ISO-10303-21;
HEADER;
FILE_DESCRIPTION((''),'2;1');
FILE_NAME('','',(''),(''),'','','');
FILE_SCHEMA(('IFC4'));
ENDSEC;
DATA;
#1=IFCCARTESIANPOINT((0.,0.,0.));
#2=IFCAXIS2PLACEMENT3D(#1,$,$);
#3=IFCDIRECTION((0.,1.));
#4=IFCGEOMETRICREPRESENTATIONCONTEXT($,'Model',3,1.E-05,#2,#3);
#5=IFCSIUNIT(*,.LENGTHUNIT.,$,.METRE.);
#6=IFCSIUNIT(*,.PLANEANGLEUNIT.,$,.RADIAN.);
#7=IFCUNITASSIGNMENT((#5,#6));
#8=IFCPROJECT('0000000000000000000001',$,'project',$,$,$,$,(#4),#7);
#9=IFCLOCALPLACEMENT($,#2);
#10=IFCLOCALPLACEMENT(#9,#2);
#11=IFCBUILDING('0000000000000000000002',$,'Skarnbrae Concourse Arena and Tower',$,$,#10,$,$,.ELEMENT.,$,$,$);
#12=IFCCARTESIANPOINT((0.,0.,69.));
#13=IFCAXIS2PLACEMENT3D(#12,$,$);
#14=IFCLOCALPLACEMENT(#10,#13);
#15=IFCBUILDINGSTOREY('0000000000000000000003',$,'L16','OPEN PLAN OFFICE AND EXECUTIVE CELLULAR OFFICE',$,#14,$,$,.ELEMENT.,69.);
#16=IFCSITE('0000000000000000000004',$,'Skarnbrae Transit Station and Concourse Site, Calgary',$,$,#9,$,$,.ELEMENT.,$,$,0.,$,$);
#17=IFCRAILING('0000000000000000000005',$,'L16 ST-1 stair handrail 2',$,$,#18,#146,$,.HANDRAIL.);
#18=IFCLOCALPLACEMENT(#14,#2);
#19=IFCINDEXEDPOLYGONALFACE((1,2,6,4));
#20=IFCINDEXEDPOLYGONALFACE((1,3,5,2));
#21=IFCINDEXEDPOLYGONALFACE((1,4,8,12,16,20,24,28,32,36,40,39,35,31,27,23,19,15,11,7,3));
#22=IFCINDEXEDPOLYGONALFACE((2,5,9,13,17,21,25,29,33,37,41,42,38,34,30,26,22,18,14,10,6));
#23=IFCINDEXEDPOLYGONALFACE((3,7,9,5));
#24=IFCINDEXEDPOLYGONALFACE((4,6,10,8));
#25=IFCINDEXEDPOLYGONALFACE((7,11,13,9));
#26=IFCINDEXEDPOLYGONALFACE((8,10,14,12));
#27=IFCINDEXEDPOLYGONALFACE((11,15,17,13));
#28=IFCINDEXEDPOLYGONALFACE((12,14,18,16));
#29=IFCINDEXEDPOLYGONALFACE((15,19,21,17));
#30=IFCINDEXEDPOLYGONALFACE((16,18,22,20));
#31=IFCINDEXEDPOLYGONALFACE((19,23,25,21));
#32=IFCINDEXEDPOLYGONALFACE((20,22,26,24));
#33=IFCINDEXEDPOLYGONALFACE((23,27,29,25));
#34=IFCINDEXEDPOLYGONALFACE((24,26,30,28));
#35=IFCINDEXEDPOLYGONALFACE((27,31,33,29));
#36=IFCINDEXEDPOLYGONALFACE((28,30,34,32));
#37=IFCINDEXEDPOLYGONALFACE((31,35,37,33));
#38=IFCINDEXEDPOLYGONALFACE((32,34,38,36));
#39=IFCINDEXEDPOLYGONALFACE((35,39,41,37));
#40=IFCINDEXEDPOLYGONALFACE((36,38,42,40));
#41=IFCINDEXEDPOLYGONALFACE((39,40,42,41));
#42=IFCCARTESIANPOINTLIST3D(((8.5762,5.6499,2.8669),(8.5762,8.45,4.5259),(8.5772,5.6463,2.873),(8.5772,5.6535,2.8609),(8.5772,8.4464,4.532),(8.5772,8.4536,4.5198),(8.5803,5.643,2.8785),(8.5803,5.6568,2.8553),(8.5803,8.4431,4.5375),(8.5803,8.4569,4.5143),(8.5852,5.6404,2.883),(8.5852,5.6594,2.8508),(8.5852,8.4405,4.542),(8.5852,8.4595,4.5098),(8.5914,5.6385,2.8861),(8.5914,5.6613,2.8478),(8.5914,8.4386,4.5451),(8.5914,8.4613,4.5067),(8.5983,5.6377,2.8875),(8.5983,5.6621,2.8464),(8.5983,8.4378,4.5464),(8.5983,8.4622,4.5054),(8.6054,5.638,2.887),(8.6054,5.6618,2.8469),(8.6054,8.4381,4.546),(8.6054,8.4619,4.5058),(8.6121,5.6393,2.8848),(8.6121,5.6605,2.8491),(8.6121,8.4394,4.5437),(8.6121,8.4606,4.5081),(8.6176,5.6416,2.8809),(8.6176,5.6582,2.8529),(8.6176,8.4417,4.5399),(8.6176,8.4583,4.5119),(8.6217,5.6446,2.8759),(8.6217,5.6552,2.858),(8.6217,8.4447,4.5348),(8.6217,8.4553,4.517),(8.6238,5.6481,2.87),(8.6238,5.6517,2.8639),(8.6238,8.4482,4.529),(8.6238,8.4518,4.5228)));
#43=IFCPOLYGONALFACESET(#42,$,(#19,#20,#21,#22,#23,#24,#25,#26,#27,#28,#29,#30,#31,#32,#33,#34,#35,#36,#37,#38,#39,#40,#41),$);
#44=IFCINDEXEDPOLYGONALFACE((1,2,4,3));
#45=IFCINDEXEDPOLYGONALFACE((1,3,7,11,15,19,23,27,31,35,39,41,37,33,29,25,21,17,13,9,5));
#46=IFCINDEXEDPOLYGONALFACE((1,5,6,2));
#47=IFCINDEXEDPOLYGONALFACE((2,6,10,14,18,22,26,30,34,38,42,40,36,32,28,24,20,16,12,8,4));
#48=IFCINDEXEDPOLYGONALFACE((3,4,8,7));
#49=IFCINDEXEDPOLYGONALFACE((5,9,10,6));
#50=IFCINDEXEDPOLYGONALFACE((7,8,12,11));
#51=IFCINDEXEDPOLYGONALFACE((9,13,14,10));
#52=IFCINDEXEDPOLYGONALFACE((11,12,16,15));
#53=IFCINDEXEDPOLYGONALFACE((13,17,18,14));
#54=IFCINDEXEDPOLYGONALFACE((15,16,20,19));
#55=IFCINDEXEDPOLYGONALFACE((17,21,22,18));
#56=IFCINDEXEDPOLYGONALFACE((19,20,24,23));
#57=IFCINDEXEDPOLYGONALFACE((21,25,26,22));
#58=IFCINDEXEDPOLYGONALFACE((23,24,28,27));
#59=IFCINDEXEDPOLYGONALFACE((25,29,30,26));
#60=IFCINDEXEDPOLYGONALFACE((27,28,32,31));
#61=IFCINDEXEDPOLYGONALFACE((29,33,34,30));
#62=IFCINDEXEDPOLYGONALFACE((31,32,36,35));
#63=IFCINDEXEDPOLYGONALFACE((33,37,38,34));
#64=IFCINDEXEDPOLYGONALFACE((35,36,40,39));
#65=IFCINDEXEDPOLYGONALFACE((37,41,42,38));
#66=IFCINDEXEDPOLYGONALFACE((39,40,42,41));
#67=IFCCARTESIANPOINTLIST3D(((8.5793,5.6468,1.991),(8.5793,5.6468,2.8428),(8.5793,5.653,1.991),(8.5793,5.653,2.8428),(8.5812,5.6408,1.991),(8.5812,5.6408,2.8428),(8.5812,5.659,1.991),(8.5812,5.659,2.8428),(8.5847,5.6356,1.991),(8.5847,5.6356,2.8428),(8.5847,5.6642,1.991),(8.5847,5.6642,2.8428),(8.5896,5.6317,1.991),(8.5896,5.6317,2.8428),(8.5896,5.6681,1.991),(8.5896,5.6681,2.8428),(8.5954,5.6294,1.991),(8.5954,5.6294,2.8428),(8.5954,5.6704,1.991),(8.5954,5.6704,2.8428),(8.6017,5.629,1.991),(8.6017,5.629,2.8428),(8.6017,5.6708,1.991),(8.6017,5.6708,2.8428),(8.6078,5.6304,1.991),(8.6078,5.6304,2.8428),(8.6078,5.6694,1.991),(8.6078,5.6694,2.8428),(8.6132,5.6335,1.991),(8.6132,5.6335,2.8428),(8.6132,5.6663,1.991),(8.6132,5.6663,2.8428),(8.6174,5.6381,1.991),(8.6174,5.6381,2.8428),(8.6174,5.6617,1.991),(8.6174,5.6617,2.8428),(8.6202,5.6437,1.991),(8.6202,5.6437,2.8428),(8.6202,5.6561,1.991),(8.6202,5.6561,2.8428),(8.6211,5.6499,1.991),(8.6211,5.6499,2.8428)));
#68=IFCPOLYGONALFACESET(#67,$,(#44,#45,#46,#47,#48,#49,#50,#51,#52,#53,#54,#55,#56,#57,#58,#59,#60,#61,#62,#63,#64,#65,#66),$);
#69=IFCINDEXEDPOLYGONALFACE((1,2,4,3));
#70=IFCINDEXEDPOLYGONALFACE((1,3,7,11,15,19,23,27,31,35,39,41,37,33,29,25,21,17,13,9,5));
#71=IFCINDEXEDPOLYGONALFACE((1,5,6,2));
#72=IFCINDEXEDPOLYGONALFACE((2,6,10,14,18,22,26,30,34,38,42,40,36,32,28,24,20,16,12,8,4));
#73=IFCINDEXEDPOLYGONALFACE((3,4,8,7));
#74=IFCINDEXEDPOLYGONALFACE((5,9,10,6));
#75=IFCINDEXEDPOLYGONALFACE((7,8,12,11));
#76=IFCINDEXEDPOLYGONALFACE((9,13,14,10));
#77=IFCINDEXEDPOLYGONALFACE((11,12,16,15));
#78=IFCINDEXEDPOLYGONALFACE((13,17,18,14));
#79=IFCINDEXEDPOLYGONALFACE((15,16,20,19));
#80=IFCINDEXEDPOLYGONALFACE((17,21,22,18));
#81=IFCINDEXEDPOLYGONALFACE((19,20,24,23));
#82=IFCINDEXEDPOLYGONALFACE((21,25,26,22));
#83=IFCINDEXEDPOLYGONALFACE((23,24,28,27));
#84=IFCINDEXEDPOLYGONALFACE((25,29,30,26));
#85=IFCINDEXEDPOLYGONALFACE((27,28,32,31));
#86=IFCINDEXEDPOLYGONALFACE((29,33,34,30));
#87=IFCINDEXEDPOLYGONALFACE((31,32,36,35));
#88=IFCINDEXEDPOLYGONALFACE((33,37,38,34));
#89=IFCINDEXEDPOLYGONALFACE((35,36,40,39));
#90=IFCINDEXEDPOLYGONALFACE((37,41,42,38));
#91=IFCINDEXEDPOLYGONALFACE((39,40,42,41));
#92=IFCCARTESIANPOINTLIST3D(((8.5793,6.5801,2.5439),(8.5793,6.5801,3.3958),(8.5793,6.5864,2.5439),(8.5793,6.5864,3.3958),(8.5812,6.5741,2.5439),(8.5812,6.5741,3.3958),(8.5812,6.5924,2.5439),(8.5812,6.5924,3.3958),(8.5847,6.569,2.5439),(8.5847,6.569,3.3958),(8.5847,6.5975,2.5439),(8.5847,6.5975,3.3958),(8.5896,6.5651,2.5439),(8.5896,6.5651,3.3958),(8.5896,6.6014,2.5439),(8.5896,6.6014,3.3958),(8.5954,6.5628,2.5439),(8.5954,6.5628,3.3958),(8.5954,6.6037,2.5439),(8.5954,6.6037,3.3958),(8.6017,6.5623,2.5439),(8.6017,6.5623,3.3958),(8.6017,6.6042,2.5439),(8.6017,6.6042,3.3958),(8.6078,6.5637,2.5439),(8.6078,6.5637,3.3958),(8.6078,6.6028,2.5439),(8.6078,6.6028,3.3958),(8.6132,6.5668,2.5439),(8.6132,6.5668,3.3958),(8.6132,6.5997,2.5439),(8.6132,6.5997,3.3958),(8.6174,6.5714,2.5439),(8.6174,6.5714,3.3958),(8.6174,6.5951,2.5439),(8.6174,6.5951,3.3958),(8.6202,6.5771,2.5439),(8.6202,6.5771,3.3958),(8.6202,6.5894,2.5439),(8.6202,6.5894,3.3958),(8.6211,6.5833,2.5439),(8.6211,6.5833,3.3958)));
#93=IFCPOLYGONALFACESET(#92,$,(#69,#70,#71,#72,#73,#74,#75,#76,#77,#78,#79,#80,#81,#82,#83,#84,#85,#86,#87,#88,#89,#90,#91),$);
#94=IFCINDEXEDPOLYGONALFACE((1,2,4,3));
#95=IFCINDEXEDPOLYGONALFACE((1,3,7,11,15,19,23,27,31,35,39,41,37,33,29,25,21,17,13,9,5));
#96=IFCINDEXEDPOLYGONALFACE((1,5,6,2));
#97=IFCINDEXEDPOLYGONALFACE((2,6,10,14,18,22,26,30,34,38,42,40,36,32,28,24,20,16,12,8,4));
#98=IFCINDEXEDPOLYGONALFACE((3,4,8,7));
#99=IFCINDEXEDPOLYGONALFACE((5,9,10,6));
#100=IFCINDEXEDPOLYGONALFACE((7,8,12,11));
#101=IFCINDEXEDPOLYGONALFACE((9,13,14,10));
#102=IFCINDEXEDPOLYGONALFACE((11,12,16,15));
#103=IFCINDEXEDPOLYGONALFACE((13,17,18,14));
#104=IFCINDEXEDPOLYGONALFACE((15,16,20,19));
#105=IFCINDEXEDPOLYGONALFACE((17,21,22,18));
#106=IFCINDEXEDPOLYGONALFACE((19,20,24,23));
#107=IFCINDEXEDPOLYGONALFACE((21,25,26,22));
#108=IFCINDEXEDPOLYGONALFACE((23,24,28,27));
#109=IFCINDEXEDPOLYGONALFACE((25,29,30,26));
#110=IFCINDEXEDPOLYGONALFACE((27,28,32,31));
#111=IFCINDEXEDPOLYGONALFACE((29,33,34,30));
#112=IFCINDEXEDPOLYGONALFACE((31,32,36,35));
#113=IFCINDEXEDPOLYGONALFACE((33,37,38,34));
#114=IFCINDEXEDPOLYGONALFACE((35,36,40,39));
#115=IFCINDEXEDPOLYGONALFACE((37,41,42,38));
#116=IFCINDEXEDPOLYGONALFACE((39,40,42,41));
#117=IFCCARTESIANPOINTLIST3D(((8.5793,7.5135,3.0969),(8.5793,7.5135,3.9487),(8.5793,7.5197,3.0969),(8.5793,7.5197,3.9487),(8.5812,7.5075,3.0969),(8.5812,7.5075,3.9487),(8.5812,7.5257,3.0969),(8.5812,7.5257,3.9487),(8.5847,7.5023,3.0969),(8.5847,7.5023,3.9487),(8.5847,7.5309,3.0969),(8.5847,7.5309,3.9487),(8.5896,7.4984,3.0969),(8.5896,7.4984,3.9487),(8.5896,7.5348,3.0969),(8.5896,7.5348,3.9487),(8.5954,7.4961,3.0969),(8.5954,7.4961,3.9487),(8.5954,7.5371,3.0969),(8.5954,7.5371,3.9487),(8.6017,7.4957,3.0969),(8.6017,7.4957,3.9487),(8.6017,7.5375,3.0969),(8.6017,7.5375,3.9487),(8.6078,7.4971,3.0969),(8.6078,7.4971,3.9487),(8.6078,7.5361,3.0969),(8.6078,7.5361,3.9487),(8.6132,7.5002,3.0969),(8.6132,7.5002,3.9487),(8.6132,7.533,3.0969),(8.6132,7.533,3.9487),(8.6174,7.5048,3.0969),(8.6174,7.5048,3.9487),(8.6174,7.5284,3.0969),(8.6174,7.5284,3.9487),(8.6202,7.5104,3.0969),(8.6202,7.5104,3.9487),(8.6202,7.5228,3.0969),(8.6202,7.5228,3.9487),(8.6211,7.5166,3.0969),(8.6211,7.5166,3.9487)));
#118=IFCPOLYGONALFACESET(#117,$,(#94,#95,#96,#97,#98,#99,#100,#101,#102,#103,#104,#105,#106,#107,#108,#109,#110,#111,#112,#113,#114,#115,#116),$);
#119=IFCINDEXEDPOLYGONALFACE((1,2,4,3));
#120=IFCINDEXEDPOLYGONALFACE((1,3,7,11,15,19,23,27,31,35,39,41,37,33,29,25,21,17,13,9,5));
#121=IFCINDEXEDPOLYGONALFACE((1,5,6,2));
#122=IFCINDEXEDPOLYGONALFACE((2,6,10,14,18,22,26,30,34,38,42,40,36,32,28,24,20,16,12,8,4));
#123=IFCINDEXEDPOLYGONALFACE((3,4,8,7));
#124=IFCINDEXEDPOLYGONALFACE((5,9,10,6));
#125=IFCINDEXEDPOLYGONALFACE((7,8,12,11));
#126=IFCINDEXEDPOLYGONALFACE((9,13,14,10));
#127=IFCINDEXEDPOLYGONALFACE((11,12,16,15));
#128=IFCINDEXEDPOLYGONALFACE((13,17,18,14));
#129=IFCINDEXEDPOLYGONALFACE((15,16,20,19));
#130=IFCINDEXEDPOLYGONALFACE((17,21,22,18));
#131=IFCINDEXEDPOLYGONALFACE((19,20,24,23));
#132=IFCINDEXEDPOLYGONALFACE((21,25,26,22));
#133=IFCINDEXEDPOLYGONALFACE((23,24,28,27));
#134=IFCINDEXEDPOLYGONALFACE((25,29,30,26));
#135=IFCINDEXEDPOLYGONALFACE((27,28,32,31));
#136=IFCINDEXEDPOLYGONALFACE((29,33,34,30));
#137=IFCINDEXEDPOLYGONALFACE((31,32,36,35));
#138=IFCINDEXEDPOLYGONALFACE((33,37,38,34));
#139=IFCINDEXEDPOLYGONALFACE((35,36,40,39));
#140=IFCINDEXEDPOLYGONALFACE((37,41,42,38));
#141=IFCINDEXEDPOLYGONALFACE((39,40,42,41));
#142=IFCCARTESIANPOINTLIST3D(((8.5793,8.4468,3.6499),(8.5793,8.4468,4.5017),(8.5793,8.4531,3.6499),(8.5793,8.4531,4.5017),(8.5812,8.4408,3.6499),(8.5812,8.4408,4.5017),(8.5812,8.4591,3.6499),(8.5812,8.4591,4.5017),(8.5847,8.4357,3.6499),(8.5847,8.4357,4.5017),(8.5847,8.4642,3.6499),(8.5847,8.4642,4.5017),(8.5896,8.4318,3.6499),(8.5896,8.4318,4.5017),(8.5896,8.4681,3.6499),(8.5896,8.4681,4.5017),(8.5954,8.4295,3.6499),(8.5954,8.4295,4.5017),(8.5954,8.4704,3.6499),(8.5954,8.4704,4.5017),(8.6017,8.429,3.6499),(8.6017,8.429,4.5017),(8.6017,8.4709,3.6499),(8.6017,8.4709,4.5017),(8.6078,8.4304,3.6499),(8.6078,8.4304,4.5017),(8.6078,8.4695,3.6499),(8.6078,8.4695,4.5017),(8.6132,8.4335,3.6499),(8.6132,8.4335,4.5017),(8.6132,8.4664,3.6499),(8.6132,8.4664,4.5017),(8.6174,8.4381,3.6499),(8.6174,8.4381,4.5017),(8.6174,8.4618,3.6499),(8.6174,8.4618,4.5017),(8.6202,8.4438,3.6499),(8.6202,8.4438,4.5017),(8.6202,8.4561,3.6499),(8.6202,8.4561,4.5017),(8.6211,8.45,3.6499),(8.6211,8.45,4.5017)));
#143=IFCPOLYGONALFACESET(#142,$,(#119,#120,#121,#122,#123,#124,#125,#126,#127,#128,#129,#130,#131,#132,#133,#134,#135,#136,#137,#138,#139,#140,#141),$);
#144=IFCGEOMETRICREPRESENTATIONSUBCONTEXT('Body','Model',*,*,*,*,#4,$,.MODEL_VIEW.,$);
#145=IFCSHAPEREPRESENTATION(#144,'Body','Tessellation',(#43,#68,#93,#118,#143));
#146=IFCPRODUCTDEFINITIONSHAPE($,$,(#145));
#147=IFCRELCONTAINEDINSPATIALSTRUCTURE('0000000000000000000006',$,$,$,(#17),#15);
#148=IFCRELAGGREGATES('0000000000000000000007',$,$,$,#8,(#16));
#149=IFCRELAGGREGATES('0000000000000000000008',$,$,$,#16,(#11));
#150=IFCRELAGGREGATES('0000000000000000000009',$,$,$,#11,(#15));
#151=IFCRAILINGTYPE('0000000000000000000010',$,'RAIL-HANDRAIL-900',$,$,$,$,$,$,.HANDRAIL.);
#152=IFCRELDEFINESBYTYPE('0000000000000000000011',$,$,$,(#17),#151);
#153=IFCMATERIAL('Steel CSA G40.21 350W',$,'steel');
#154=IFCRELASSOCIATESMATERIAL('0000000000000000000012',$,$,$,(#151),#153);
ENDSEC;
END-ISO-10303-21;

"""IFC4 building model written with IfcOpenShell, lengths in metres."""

from ifc_helpers import new_model, si_unit, direction, frame, origin, origin_2d, place, context, subcontext, project, spatial, circle, extrude, material, type_object, element, save


model = new_model("IFC4")

# Units and contexts
model_context = context("Model", 3, precision=1e-05, world=origin(), true_north=direction((0.0, 1.0)))
body_context = subcontext(model_context, "Body", "Model", "MODEL_VIEW")
ifc_project = project(units=[si_unit("LENGTHUNIT", "METRE"), si_unit("PLANEANGLEUNIT", "RADIAN")], contexts=[model_context])

# Site, building, storey
site_placement = place(None, origin())
site = spatial("IfcSite", under=ifc_project, at=site_placement, Name="Skarnbrae Transit Station and Concourse Site, Calgary", CompositionType="ELEMENT", RefElevation=0.0)
building_placement = place(site_placement, origin())
building = spatial("IfcBuilding", under=site, at=building_placement, Name="Skarnbrae Concourse Arena and Tower", CompositionType="ELEMENT")
storey_placement = place(building_placement, frame((0.0, 0.0, 69.0)))
storey = spatial("IfcBuildingStorey", under=building, at=storey_placement, Name="L16", Description="OPEN PLAN OFFICE AND EXECUTIVE CELLULAR OFFICE", CompositionType="ELEMENT", Elevation=69.0)

# Shared definitions
ifc_material_1 = material(Name="Steel CSA G40.21 350W", Category="steel")

# Railing
railing_type_1 = type_object("IfcRailingType", Name="RAIL-HANDRAIL-900", PredefinedType="HANDRAIL", material=ifc_material_1)
railing_1_placement = place(storey_placement, frame((8.6001, 5.6499, 1.991)))
element("IfcRailing", 1, at=railing_1_placement, inside=storey, type_object=railing_type_1, Name="L16 ST-1 stair handrail 2", PredefinedType="HANDRAIL", context=body_context, shape_type="SweptSolid", body=[
    extrude(circle(Radius=0.0239, at=origin_2d()), frame((0.0, 0.0, 0.876), z_axis=(0.0, 0.860339, 0.509722), x_axis=(-1.0, 0.0, 0.0)), (0.0, 0.0, 1.0), 3.2546),
    extrude(circle(Radius=0.021, at=origin_2d()), origin(), (0.0, 0.0, 1.0), 0.8518),
    extrude(circle(Radius=0.021, at=origin_2d()), frame((0.0, 0.9333, 0.553)), (0.0, 0.0, 1.0), 0.8518),
    extrude(circle(Radius=0.021, at=origin_2d()), frame((0.0, 1.8667, 1.106)), (0.0, 0.0, 1.0), 0.8518),
    extrude(circle(Radius=0.021, at=origin_2d()), frame((0.0, 2.8, 1.6589)), (0.0, 0.0, 1.0), 0.8518),
])

save(model, "model.ifc")
